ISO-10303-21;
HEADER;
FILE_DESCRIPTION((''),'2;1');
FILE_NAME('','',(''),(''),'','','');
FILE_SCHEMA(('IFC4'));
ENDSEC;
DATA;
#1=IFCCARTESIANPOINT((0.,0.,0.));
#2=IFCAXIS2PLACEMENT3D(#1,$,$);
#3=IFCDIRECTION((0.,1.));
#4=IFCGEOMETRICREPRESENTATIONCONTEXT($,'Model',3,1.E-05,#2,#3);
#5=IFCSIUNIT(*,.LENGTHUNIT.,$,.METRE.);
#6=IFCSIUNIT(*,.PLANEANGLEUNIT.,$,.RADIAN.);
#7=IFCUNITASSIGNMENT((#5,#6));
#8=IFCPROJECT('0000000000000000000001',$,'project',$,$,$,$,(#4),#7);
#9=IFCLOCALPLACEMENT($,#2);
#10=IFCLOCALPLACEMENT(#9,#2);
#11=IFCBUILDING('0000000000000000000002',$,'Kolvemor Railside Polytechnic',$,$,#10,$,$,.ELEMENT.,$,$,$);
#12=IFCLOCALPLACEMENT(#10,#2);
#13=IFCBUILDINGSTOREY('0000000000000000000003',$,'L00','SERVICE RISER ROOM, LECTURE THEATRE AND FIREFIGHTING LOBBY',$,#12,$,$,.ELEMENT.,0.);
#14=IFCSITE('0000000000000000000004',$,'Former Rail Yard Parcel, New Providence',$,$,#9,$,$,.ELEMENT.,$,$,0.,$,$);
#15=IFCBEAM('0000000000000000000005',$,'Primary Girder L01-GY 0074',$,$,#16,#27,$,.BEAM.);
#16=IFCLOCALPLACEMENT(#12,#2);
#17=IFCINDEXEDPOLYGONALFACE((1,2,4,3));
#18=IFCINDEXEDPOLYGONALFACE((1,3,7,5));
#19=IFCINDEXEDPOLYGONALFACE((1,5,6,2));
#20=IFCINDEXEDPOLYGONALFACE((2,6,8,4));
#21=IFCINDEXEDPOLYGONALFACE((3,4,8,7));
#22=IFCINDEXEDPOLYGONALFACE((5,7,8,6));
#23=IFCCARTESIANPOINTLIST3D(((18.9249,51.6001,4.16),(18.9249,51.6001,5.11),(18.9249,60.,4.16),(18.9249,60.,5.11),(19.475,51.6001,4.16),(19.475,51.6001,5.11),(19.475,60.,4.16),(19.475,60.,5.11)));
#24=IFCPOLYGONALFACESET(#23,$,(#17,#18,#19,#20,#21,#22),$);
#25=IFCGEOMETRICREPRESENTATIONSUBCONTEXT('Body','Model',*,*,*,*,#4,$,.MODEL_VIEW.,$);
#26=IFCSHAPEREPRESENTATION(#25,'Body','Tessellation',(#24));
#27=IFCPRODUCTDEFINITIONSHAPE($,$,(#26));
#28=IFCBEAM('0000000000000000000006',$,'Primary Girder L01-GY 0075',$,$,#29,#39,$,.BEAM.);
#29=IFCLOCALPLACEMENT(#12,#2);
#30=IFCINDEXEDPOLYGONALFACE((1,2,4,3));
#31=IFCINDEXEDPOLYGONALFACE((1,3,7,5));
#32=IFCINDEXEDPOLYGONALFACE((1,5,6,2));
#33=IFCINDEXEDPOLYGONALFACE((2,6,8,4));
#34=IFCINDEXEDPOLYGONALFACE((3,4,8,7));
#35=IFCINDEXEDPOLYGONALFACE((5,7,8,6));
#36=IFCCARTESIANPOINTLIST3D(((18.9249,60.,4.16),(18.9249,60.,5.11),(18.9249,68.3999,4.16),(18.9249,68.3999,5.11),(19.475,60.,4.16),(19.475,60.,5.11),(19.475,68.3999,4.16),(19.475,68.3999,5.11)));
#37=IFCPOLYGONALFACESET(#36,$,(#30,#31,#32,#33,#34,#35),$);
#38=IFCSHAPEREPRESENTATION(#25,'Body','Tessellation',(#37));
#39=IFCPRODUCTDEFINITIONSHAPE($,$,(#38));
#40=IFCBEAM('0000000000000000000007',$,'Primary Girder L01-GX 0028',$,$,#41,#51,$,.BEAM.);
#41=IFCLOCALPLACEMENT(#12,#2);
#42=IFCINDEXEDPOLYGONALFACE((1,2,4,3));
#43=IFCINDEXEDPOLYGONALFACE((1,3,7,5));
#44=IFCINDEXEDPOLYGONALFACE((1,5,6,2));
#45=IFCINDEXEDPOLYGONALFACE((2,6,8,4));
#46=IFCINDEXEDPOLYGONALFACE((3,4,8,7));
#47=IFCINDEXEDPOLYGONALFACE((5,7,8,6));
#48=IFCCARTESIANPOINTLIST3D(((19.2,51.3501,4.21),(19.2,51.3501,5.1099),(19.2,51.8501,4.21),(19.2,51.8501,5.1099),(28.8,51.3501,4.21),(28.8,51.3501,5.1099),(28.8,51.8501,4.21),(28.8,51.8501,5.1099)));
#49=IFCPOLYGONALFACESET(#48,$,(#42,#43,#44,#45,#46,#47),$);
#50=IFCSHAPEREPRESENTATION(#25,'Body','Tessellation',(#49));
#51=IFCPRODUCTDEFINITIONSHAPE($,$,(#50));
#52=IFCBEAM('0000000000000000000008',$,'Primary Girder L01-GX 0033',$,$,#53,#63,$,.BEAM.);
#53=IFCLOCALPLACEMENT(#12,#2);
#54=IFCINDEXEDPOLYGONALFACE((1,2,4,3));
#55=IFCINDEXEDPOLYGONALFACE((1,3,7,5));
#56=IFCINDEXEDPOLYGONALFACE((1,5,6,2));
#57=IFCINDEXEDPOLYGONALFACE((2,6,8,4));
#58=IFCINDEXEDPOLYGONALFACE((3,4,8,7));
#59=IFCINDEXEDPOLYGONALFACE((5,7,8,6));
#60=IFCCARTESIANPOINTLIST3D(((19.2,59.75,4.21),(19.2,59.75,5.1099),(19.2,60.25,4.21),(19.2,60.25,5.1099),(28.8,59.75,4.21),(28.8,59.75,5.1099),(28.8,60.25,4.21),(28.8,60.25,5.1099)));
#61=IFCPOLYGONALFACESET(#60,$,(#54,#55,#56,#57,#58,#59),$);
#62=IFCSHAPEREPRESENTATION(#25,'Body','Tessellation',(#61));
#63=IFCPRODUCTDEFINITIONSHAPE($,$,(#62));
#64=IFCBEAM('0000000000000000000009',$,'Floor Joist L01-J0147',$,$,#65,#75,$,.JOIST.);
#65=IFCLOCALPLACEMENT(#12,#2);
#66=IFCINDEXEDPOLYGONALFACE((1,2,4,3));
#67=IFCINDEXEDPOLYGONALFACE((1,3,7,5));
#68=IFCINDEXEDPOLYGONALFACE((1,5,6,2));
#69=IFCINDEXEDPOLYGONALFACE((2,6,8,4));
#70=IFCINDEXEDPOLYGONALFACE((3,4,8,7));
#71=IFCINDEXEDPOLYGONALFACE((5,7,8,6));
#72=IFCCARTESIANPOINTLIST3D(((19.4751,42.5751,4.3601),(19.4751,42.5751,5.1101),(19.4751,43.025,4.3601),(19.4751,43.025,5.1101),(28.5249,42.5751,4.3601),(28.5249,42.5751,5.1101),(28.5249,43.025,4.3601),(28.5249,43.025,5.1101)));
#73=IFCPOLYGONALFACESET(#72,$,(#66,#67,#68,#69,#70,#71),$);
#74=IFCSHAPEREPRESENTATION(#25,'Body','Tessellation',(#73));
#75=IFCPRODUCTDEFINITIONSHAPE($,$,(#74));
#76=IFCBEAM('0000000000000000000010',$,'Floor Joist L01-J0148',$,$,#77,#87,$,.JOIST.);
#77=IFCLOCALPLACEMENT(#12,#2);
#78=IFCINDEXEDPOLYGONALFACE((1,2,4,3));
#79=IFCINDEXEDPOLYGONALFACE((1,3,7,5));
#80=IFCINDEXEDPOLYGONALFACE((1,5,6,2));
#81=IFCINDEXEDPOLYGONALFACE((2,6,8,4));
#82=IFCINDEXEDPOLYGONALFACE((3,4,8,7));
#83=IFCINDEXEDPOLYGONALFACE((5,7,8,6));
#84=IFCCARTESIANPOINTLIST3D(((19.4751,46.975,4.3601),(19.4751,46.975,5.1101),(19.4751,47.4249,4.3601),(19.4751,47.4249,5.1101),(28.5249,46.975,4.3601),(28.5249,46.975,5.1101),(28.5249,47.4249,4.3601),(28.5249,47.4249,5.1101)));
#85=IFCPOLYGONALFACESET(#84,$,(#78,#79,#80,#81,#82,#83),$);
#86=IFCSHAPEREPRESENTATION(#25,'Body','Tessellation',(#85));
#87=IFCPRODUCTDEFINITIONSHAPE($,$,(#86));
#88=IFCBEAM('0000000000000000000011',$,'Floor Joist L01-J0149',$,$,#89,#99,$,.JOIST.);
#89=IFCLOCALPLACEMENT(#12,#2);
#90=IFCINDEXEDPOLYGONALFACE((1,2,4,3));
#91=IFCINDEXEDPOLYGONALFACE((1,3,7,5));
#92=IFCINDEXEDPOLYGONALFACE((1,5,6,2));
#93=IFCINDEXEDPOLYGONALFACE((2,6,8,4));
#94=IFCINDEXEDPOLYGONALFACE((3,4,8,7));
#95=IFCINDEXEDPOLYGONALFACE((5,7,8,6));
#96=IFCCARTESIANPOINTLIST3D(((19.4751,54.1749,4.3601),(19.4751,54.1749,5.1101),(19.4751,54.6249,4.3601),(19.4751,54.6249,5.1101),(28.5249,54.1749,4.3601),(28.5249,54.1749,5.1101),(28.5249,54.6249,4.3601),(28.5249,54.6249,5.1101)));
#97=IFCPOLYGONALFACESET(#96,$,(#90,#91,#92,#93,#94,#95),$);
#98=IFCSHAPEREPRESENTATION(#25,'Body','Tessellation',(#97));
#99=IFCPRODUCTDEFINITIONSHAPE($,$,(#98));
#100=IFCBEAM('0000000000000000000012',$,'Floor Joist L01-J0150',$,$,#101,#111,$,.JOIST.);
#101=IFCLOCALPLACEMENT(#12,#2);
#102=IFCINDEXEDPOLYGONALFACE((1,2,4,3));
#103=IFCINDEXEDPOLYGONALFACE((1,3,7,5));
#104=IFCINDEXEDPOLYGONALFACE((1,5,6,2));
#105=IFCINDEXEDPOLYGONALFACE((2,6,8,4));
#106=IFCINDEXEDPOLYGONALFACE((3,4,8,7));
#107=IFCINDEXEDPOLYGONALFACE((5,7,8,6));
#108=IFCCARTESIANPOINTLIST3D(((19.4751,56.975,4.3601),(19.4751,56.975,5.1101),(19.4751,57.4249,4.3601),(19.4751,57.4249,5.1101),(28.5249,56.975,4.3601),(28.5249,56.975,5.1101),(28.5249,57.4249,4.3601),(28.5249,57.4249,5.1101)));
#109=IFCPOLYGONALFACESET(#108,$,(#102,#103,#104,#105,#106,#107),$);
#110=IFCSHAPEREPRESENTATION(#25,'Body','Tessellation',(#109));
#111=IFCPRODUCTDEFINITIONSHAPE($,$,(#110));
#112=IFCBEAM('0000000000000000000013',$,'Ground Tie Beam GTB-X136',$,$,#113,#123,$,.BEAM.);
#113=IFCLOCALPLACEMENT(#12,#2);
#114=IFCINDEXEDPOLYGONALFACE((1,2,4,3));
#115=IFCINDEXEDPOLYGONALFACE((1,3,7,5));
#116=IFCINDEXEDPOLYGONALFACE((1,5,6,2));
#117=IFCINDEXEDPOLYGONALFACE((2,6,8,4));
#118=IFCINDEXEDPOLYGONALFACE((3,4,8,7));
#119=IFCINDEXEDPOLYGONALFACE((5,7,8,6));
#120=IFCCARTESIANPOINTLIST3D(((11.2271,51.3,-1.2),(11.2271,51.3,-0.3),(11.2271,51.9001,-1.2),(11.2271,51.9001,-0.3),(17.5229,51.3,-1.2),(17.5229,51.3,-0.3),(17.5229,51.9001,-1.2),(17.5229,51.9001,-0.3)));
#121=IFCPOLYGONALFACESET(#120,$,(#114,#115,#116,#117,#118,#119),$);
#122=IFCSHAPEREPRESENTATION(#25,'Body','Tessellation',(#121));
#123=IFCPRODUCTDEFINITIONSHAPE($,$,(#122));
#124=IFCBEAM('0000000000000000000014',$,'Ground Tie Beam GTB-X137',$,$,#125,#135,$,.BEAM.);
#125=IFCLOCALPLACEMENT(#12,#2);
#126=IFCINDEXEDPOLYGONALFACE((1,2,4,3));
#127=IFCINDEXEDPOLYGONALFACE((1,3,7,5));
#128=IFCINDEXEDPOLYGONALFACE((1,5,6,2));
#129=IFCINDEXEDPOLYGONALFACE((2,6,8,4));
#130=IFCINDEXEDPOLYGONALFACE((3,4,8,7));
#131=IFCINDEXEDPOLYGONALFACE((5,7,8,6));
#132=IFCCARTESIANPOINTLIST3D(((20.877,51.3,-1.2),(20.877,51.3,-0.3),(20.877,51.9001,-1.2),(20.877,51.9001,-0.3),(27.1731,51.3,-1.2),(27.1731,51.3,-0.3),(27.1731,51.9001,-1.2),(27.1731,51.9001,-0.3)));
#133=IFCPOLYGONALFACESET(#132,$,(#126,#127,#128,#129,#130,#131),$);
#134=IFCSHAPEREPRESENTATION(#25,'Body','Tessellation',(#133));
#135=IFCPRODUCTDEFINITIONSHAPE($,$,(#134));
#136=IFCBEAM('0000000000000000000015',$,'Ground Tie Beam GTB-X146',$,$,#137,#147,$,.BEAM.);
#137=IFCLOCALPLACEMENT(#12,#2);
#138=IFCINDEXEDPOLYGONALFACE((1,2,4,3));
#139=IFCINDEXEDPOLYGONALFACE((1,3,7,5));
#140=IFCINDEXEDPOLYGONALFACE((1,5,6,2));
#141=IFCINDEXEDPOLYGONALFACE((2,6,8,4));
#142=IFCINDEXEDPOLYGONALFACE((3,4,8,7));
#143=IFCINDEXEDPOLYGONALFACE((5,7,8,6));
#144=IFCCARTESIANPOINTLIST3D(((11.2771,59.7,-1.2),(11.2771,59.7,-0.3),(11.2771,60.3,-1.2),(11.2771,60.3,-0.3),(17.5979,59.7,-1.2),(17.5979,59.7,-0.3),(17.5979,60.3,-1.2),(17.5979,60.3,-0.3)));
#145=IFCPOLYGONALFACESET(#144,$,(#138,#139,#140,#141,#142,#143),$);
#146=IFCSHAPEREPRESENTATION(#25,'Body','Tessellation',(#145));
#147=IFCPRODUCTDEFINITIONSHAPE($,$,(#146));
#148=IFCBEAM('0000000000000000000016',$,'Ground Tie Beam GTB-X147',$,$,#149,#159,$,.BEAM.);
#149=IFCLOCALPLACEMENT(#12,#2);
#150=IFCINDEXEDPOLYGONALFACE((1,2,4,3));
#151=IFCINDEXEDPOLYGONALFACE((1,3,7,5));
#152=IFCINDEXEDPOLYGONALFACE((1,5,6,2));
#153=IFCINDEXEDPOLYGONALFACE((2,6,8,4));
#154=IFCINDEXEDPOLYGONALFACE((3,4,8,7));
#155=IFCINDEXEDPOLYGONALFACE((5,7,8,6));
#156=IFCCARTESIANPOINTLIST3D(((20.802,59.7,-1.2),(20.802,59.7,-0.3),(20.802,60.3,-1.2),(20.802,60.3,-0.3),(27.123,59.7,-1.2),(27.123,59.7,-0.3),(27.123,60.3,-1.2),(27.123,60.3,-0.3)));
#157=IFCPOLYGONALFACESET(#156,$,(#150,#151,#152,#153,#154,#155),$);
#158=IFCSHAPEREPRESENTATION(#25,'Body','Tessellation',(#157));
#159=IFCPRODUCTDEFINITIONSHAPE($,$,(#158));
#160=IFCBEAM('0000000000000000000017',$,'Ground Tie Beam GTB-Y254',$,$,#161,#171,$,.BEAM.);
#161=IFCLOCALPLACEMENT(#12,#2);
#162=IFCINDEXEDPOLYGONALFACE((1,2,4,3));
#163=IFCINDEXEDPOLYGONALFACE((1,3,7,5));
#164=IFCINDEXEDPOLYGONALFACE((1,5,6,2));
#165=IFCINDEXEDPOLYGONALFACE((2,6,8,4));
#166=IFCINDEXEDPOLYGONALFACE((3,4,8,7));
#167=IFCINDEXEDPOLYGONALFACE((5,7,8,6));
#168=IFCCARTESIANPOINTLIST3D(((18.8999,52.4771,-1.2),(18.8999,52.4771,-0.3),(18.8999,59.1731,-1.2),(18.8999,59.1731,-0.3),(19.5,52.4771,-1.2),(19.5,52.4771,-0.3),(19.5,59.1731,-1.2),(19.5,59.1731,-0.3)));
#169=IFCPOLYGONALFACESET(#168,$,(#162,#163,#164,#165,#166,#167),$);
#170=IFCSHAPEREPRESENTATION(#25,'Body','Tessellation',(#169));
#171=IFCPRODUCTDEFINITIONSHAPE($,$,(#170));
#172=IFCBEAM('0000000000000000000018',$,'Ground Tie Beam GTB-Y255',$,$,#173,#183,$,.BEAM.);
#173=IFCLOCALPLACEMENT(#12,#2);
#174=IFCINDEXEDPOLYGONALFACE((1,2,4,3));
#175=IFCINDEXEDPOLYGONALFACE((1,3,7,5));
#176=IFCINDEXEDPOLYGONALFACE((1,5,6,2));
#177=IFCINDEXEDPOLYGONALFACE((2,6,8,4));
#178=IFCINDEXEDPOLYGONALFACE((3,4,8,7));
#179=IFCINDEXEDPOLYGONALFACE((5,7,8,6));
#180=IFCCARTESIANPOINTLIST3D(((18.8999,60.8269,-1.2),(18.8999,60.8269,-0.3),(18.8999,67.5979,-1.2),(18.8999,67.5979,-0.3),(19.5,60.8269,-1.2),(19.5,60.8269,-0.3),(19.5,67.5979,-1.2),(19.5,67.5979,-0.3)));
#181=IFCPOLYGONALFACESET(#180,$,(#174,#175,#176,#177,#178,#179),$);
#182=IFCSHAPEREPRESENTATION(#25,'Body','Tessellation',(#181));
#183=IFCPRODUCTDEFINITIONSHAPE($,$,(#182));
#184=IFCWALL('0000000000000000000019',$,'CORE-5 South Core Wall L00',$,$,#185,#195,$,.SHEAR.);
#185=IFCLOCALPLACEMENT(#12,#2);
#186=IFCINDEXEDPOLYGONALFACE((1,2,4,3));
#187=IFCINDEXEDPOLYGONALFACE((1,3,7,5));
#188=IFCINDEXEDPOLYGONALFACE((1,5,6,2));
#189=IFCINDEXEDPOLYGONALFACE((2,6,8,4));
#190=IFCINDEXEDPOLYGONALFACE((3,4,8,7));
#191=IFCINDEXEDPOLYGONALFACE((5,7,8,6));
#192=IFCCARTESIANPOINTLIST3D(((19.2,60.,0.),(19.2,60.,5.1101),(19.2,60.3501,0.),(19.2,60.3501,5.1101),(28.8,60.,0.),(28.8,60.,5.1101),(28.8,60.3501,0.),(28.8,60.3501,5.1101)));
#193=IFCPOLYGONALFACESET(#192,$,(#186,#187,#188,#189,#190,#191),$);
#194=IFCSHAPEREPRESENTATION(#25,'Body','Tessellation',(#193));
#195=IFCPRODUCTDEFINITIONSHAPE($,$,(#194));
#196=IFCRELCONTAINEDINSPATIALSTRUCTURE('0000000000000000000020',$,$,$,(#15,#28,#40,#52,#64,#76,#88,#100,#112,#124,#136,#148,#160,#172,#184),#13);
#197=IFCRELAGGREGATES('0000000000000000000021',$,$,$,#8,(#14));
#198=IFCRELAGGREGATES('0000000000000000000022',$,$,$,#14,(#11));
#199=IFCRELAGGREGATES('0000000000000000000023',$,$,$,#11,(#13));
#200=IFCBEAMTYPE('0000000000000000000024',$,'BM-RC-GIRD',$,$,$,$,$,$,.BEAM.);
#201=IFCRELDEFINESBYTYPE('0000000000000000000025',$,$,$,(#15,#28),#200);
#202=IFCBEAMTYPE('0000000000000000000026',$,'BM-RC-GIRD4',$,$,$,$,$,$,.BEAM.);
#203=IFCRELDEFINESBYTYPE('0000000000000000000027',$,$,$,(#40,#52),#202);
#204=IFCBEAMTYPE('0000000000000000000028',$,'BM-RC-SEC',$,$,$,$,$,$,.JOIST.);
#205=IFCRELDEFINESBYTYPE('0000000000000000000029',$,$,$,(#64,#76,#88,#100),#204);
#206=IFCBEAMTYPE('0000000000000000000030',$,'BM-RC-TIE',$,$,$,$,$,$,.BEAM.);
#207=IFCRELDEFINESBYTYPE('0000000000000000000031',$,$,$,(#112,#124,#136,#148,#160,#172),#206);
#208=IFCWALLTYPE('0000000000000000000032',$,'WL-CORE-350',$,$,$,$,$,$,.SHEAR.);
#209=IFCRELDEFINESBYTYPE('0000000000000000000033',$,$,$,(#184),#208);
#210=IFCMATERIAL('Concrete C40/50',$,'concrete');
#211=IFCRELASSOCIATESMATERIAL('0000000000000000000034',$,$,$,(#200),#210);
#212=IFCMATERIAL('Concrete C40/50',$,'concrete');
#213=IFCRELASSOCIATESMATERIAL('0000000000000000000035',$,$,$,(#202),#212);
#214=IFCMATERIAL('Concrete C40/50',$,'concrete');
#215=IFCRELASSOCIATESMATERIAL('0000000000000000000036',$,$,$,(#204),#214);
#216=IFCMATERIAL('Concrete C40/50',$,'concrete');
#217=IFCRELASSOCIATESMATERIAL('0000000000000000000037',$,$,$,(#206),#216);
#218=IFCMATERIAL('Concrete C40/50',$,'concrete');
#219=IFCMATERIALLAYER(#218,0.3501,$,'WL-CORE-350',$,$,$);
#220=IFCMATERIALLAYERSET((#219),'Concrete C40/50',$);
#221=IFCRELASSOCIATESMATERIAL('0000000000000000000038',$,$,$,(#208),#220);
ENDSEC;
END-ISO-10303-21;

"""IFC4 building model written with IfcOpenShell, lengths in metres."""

from ifc_helpers import new_model, si_unit, direction, frame, frame_2d, origin, origin_2d, place, context, subcontext, project, spatial, rectangle, extrude, material, layer, layer_set, material_profile, profile_set, type_object, element, save


model = new_model("IFC4")

# Units and contexts
model_context = context("Model", 3, precision=1e-05, world=origin(), true_north=direction((0.0, 1.0)))
body_context = subcontext(model_context, "Body", "Model", "MODEL_VIEW")
ifc_project = project(units=[si_unit("LENGTHUNIT", "METRE"), si_unit("PLANEANGLEUNIT", "RADIAN")], contexts=[model_context])

# Site, building, storey
site_placement = place(None, origin())
site = spatial("IfcSite", under=ifc_project, at=site_placement, Name="Former Rail Yard Parcel, New Providence", CompositionType="ELEMENT", RefElevation=0.0)
building_placement = place(site_placement, origin())
building = spatial("IfcBuilding", under=site, at=building_placement, Name="Kolvemor Railside Polytechnic", CompositionType="ELEMENT")
storey_placement = place(building_placement, origin())
storey = spatial("IfcBuildingStorey", under=building, at=storey_placement, Name="L00", Description="SERVICE RISER ROOM, LECTURE THEATRE AND FIREFIGHTING LOBBY", CompositionType="ELEMENT", Elevation=0.0)

# Beams
ifc_material_1 = material(Name="Concrete C40/50", Category="concrete")
ifc_material_profile_1 = material_profile(ifc_material_1, rectangle(XDim=0.55, YDim=0.95, at=origin_2d()), Name="RC550x950")
ifc_profile_set_1 = profile_set([ifc_material_profile_1], Name="Concrete C40/50")
beam_type_1 = type_object("IfcBeamType", Name="BM-RC-GIRD", PredefinedType="BEAM", material=ifc_profile_set_1)
for number, where, z_axis, x_axis, name in (
    (1, (19.2, 51.6001, 4.635), (0.0, 1.0, 0.0), (-1.0, 0.0, 0.0), "Primary Girder L01-GY 0074"),
    (2, (19.2, 60.0, 4.635), (0.0, 1.0, 0.0), (-1.0, 0.0, 0.0), "Primary Girder L01-GY 0075"),
):
    element("IfcBeam", number, at=place(storey_placement, frame(where, z_axis=z_axis, x_axis=x_axis)), inside=storey, type_object=beam_type_1, Name=name, PredefinedType="BEAM", context=body_context, shape_type="SweptSolid", body=[
        extrude(rectangle(XDim=0.55, YDim=0.95, at=origin_2d()), origin(), (0.0, 0.0, 1.0), 8.3999),
    ])
ifc_material_2 = material(Name="Concrete C40/50", Category="concrete")
ifc_material_profile_2 = material_profile(ifc_material_2, rectangle(XDim=0.5, YDim=0.8999, at=origin_2d()), Name="RC500x900")
ifc_profile_set_2 = profile_set([ifc_material_profile_2], Name="Concrete C40/50")
beam_type_2 = type_object("IfcBeamType", Name="BM-RC-GIRD4", PredefinedType="BEAM", material=ifc_profile_set_2)
for number, where, z_axis, x_axis, name in (
    (3, (19.2, 51.6001, 4.6599), (1.0, 0.0, 0.0), (0.0, 1.0, 0.0), "Primary Girder L01-GX 0028"),
    (4, (19.2, 60.0, 4.6599), (1.0, 0.0, 0.0), (0.0, 1.0, 0.0), "Primary Girder L01-GX 0033"),
):
    element("IfcBeam", number, at=place(storey_placement, frame(where, z_axis=z_axis, x_axis=x_axis)), inside=storey, type_object=beam_type_2, Name=name, PredefinedType="BEAM", context=body_context, shape_type="SweptSolid", body=[
        extrude(rectangle(XDim=0.5, YDim=0.8999, at=origin_2d()), origin(), (0.0, 0.0, 1.0), 9.6001),
    ])
ifc_material_3 = material(Name="Concrete C40/50", Category="concrete")
ifc_material_profile_3 = material_profile(ifc_material_3, rectangle(XDim=0.45, YDim=0.75, at=origin_2d()), Name="RC450x750")
ifc_profile_set_3 = profile_set([ifc_material_profile_3], Name="Concrete C40/50")
beam_type_3 = type_object("IfcBeamType", Name="BM-RC-SEC", PredefinedType="JOIST", material=ifc_profile_set_3)
for number, where, z_axis, x_axis, name in (
    (5, (19.4751, 42.8, 4.7351), (1.0, 0.0, 0.0), (0.0, 1.0, 0.0), "Floor Joist L01-J0147"),
    (6, (19.4751, 47.2, 4.7351), (1.0, 0.0, 0.0), (0.0, 1.0, 0.0), "Floor Joist L01-J0148"),
    (7, (19.4751, 54.3999, 4.7351), (1.0, 0.0, 0.0), (0.0, 1.0, 0.0), "Floor Joist L01-J0149"),
    (8, (19.4751, 57.2, 4.7351), (1.0, 0.0, 0.0), (0.0, 1.0, 0.0), "Floor Joist L01-J0150"),
):
    element("IfcBeam", number, at=place(storey_placement, frame(where, z_axis=z_axis, x_axis=x_axis)), inside=storey, type_object=beam_type_3, Name=name, PredefinedType="JOIST", context=body_context, shape_type="SweptSolid", body=[
        extrude(rectangle(XDim=0.45, YDim=0.75, at=origin_2d()), origin(), (0.0, 0.0, 1.0), 9.0498),
    ])
ifc_material_4 = material(Name="Concrete C40/50", Category="concrete")
ifc_material_profile_4 = material_profile(ifc_material_4, rectangle(XDim=0.6001, YDim=0.8999, at=origin_2d()), Name="RC600x900")
ifc_profile_set_4 = profile_set([ifc_material_profile_4], Name="Concrete C40/50")
beam_type_4 = type_object("IfcBeamType", Name="BM-RC-TIE", PredefinedType="BEAM", material=ifc_profile_set_4)
beam_1_placement = place(storey_placement, frame((11.2271, 51.6001, -0.75), z_axis=(1.0, 0.0, 0.0), x_axis=(0.0, 1.0, 0.0)))
element("IfcBeam", 9, at=beam_1_placement, inside=storey, type_object=beam_type_4, Name="Ground Tie Beam GTB-X136", PredefinedType="BEAM", context=body_context, shape_type="SweptSolid", body=[
    extrude(rectangle(XDim=0.6001, YDim=0.8999, at=origin_2d()), origin(), (0.0, 0.0, 1.0), 6.2959),
])
beam_2_placement = place(storey_placement, frame((20.877, 51.6001, -0.75), z_axis=(1.0, 0.0, 0.0), x_axis=(0.0, 1.0, 0.0)))
element("IfcBeam", 10, at=beam_2_placement, inside=storey, type_object=beam_type_4, Name="Ground Tie Beam GTB-X137", PredefinedType="BEAM", context=body_context, shape_type="SweptSolid", body=[
    extrude(rectangle(XDim=0.6001, YDim=0.8999, at=origin_2d()), origin(), (0.0, 0.0, 1.0), 6.2961),
])
beam_3_placement = place(storey_placement, frame((11.2771, 60.0, -0.75), z_axis=(1.0, 0.0, 0.0), x_axis=(0.0, 1.0, 0.0)))
element("IfcBeam", 11, at=beam_3_placement, inside=storey, type_object=beam_type_4, Name="Ground Tie Beam GTB-X146", PredefinedType="BEAM", context=body_context, shape_type="SweptSolid", body=[
    extrude(rectangle(XDim=0.6001, YDim=0.8999, at=origin_2d()), origin(), (0.0, 0.0, 1.0), 6.3208),
])
beam_4_placement = place(storey_placement, frame((20.802, 60.0, -0.75), z_axis=(1.0, 0.0, 0.0), x_axis=(0.0, 1.0, 0.0)))
element("IfcBeam", 12, at=beam_4_placement, inside=storey, type_object=beam_type_4, Name="Ground Tie Beam GTB-X147", PredefinedType="BEAM", context=body_context, shape_type="SweptSolid", body=[
    extrude(rectangle(XDim=0.6001, YDim=0.8999, at=origin_2d()), origin(), (0.0, 0.0, 1.0), 6.321),
])
beam_5_placement = place(storey_placement, frame((19.2, 52.4771, -0.75), z_axis=(0.0, 1.0, 0.0), x_axis=(-1.0, 0.0, 0.0)))
element("IfcBeam", 13, at=beam_5_placement, inside=storey, type_object=beam_type_4, Name="Ground Tie Beam GTB-Y254", PredefinedType="BEAM", context=body_context, shape_type="SweptSolid", body=[
    extrude(rectangle(XDim=0.6001, YDim=0.8999, at=origin_2d()), origin(), (0.0, 0.0, 1.0), 6.696),
])
beam_6_placement = place(storey_placement, frame((19.2, 60.8269, -0.75), z_axis=(0.0, 1.0, 0.0), x_axis=(-1.0, 0.0, 0.0)))
element("IfcBeam", 14, at=beam_6_placement, inside=storey, type_object=beam_type_4, Name="Ground Tie Beam GTB-Y255", PredefinedType="BEAM", context=body_context, shape_type="SweptSolid", body=[
    extrude(rectangle(XDim=0.6001, YDim=0.8999, at=origin_2d()), origin(), (0.0, 0.0, 1.0), 6.771),
])

# Wall
ifc_material_5 = material(Name="Concrete C40/50", Category="concrete")
ifc_layer_1 = layer(ifc_material_5, 0.3501, Name="WL-CORE-350")
ifc_layer_set_1 = layer_set([ifc_layer_1], Name="Concrete C40/50")
wall_type_1 = type_object("IfcWallType", Name="WL-CORE-350", PredefinedType="SHEAR", material=ifc_layer_set_1)
wall_1_placement = place(storey_placement, frame((19.2, 60.175, 0.0), z_axis=(0.0, 0.0, 1.0), x_axis=(1.0, 0.0, 0.0)))
element("IfcWall", 15, at=wall_1_placement, inside=storey, type_object=wall_type_1, Name="CORE-5 South Core Wall L00", PredefinedType="SHEAR", context=body_context, shape_type="SweptSolid", body=[
    extrude(rectangle(XDim=9.6001, YDim=0.3501, at=frame_2d((4.8, 0.0))), origin(), (0.0, 0.0, 1.0), 5.1101),
])

save(model, "model.ifc")
